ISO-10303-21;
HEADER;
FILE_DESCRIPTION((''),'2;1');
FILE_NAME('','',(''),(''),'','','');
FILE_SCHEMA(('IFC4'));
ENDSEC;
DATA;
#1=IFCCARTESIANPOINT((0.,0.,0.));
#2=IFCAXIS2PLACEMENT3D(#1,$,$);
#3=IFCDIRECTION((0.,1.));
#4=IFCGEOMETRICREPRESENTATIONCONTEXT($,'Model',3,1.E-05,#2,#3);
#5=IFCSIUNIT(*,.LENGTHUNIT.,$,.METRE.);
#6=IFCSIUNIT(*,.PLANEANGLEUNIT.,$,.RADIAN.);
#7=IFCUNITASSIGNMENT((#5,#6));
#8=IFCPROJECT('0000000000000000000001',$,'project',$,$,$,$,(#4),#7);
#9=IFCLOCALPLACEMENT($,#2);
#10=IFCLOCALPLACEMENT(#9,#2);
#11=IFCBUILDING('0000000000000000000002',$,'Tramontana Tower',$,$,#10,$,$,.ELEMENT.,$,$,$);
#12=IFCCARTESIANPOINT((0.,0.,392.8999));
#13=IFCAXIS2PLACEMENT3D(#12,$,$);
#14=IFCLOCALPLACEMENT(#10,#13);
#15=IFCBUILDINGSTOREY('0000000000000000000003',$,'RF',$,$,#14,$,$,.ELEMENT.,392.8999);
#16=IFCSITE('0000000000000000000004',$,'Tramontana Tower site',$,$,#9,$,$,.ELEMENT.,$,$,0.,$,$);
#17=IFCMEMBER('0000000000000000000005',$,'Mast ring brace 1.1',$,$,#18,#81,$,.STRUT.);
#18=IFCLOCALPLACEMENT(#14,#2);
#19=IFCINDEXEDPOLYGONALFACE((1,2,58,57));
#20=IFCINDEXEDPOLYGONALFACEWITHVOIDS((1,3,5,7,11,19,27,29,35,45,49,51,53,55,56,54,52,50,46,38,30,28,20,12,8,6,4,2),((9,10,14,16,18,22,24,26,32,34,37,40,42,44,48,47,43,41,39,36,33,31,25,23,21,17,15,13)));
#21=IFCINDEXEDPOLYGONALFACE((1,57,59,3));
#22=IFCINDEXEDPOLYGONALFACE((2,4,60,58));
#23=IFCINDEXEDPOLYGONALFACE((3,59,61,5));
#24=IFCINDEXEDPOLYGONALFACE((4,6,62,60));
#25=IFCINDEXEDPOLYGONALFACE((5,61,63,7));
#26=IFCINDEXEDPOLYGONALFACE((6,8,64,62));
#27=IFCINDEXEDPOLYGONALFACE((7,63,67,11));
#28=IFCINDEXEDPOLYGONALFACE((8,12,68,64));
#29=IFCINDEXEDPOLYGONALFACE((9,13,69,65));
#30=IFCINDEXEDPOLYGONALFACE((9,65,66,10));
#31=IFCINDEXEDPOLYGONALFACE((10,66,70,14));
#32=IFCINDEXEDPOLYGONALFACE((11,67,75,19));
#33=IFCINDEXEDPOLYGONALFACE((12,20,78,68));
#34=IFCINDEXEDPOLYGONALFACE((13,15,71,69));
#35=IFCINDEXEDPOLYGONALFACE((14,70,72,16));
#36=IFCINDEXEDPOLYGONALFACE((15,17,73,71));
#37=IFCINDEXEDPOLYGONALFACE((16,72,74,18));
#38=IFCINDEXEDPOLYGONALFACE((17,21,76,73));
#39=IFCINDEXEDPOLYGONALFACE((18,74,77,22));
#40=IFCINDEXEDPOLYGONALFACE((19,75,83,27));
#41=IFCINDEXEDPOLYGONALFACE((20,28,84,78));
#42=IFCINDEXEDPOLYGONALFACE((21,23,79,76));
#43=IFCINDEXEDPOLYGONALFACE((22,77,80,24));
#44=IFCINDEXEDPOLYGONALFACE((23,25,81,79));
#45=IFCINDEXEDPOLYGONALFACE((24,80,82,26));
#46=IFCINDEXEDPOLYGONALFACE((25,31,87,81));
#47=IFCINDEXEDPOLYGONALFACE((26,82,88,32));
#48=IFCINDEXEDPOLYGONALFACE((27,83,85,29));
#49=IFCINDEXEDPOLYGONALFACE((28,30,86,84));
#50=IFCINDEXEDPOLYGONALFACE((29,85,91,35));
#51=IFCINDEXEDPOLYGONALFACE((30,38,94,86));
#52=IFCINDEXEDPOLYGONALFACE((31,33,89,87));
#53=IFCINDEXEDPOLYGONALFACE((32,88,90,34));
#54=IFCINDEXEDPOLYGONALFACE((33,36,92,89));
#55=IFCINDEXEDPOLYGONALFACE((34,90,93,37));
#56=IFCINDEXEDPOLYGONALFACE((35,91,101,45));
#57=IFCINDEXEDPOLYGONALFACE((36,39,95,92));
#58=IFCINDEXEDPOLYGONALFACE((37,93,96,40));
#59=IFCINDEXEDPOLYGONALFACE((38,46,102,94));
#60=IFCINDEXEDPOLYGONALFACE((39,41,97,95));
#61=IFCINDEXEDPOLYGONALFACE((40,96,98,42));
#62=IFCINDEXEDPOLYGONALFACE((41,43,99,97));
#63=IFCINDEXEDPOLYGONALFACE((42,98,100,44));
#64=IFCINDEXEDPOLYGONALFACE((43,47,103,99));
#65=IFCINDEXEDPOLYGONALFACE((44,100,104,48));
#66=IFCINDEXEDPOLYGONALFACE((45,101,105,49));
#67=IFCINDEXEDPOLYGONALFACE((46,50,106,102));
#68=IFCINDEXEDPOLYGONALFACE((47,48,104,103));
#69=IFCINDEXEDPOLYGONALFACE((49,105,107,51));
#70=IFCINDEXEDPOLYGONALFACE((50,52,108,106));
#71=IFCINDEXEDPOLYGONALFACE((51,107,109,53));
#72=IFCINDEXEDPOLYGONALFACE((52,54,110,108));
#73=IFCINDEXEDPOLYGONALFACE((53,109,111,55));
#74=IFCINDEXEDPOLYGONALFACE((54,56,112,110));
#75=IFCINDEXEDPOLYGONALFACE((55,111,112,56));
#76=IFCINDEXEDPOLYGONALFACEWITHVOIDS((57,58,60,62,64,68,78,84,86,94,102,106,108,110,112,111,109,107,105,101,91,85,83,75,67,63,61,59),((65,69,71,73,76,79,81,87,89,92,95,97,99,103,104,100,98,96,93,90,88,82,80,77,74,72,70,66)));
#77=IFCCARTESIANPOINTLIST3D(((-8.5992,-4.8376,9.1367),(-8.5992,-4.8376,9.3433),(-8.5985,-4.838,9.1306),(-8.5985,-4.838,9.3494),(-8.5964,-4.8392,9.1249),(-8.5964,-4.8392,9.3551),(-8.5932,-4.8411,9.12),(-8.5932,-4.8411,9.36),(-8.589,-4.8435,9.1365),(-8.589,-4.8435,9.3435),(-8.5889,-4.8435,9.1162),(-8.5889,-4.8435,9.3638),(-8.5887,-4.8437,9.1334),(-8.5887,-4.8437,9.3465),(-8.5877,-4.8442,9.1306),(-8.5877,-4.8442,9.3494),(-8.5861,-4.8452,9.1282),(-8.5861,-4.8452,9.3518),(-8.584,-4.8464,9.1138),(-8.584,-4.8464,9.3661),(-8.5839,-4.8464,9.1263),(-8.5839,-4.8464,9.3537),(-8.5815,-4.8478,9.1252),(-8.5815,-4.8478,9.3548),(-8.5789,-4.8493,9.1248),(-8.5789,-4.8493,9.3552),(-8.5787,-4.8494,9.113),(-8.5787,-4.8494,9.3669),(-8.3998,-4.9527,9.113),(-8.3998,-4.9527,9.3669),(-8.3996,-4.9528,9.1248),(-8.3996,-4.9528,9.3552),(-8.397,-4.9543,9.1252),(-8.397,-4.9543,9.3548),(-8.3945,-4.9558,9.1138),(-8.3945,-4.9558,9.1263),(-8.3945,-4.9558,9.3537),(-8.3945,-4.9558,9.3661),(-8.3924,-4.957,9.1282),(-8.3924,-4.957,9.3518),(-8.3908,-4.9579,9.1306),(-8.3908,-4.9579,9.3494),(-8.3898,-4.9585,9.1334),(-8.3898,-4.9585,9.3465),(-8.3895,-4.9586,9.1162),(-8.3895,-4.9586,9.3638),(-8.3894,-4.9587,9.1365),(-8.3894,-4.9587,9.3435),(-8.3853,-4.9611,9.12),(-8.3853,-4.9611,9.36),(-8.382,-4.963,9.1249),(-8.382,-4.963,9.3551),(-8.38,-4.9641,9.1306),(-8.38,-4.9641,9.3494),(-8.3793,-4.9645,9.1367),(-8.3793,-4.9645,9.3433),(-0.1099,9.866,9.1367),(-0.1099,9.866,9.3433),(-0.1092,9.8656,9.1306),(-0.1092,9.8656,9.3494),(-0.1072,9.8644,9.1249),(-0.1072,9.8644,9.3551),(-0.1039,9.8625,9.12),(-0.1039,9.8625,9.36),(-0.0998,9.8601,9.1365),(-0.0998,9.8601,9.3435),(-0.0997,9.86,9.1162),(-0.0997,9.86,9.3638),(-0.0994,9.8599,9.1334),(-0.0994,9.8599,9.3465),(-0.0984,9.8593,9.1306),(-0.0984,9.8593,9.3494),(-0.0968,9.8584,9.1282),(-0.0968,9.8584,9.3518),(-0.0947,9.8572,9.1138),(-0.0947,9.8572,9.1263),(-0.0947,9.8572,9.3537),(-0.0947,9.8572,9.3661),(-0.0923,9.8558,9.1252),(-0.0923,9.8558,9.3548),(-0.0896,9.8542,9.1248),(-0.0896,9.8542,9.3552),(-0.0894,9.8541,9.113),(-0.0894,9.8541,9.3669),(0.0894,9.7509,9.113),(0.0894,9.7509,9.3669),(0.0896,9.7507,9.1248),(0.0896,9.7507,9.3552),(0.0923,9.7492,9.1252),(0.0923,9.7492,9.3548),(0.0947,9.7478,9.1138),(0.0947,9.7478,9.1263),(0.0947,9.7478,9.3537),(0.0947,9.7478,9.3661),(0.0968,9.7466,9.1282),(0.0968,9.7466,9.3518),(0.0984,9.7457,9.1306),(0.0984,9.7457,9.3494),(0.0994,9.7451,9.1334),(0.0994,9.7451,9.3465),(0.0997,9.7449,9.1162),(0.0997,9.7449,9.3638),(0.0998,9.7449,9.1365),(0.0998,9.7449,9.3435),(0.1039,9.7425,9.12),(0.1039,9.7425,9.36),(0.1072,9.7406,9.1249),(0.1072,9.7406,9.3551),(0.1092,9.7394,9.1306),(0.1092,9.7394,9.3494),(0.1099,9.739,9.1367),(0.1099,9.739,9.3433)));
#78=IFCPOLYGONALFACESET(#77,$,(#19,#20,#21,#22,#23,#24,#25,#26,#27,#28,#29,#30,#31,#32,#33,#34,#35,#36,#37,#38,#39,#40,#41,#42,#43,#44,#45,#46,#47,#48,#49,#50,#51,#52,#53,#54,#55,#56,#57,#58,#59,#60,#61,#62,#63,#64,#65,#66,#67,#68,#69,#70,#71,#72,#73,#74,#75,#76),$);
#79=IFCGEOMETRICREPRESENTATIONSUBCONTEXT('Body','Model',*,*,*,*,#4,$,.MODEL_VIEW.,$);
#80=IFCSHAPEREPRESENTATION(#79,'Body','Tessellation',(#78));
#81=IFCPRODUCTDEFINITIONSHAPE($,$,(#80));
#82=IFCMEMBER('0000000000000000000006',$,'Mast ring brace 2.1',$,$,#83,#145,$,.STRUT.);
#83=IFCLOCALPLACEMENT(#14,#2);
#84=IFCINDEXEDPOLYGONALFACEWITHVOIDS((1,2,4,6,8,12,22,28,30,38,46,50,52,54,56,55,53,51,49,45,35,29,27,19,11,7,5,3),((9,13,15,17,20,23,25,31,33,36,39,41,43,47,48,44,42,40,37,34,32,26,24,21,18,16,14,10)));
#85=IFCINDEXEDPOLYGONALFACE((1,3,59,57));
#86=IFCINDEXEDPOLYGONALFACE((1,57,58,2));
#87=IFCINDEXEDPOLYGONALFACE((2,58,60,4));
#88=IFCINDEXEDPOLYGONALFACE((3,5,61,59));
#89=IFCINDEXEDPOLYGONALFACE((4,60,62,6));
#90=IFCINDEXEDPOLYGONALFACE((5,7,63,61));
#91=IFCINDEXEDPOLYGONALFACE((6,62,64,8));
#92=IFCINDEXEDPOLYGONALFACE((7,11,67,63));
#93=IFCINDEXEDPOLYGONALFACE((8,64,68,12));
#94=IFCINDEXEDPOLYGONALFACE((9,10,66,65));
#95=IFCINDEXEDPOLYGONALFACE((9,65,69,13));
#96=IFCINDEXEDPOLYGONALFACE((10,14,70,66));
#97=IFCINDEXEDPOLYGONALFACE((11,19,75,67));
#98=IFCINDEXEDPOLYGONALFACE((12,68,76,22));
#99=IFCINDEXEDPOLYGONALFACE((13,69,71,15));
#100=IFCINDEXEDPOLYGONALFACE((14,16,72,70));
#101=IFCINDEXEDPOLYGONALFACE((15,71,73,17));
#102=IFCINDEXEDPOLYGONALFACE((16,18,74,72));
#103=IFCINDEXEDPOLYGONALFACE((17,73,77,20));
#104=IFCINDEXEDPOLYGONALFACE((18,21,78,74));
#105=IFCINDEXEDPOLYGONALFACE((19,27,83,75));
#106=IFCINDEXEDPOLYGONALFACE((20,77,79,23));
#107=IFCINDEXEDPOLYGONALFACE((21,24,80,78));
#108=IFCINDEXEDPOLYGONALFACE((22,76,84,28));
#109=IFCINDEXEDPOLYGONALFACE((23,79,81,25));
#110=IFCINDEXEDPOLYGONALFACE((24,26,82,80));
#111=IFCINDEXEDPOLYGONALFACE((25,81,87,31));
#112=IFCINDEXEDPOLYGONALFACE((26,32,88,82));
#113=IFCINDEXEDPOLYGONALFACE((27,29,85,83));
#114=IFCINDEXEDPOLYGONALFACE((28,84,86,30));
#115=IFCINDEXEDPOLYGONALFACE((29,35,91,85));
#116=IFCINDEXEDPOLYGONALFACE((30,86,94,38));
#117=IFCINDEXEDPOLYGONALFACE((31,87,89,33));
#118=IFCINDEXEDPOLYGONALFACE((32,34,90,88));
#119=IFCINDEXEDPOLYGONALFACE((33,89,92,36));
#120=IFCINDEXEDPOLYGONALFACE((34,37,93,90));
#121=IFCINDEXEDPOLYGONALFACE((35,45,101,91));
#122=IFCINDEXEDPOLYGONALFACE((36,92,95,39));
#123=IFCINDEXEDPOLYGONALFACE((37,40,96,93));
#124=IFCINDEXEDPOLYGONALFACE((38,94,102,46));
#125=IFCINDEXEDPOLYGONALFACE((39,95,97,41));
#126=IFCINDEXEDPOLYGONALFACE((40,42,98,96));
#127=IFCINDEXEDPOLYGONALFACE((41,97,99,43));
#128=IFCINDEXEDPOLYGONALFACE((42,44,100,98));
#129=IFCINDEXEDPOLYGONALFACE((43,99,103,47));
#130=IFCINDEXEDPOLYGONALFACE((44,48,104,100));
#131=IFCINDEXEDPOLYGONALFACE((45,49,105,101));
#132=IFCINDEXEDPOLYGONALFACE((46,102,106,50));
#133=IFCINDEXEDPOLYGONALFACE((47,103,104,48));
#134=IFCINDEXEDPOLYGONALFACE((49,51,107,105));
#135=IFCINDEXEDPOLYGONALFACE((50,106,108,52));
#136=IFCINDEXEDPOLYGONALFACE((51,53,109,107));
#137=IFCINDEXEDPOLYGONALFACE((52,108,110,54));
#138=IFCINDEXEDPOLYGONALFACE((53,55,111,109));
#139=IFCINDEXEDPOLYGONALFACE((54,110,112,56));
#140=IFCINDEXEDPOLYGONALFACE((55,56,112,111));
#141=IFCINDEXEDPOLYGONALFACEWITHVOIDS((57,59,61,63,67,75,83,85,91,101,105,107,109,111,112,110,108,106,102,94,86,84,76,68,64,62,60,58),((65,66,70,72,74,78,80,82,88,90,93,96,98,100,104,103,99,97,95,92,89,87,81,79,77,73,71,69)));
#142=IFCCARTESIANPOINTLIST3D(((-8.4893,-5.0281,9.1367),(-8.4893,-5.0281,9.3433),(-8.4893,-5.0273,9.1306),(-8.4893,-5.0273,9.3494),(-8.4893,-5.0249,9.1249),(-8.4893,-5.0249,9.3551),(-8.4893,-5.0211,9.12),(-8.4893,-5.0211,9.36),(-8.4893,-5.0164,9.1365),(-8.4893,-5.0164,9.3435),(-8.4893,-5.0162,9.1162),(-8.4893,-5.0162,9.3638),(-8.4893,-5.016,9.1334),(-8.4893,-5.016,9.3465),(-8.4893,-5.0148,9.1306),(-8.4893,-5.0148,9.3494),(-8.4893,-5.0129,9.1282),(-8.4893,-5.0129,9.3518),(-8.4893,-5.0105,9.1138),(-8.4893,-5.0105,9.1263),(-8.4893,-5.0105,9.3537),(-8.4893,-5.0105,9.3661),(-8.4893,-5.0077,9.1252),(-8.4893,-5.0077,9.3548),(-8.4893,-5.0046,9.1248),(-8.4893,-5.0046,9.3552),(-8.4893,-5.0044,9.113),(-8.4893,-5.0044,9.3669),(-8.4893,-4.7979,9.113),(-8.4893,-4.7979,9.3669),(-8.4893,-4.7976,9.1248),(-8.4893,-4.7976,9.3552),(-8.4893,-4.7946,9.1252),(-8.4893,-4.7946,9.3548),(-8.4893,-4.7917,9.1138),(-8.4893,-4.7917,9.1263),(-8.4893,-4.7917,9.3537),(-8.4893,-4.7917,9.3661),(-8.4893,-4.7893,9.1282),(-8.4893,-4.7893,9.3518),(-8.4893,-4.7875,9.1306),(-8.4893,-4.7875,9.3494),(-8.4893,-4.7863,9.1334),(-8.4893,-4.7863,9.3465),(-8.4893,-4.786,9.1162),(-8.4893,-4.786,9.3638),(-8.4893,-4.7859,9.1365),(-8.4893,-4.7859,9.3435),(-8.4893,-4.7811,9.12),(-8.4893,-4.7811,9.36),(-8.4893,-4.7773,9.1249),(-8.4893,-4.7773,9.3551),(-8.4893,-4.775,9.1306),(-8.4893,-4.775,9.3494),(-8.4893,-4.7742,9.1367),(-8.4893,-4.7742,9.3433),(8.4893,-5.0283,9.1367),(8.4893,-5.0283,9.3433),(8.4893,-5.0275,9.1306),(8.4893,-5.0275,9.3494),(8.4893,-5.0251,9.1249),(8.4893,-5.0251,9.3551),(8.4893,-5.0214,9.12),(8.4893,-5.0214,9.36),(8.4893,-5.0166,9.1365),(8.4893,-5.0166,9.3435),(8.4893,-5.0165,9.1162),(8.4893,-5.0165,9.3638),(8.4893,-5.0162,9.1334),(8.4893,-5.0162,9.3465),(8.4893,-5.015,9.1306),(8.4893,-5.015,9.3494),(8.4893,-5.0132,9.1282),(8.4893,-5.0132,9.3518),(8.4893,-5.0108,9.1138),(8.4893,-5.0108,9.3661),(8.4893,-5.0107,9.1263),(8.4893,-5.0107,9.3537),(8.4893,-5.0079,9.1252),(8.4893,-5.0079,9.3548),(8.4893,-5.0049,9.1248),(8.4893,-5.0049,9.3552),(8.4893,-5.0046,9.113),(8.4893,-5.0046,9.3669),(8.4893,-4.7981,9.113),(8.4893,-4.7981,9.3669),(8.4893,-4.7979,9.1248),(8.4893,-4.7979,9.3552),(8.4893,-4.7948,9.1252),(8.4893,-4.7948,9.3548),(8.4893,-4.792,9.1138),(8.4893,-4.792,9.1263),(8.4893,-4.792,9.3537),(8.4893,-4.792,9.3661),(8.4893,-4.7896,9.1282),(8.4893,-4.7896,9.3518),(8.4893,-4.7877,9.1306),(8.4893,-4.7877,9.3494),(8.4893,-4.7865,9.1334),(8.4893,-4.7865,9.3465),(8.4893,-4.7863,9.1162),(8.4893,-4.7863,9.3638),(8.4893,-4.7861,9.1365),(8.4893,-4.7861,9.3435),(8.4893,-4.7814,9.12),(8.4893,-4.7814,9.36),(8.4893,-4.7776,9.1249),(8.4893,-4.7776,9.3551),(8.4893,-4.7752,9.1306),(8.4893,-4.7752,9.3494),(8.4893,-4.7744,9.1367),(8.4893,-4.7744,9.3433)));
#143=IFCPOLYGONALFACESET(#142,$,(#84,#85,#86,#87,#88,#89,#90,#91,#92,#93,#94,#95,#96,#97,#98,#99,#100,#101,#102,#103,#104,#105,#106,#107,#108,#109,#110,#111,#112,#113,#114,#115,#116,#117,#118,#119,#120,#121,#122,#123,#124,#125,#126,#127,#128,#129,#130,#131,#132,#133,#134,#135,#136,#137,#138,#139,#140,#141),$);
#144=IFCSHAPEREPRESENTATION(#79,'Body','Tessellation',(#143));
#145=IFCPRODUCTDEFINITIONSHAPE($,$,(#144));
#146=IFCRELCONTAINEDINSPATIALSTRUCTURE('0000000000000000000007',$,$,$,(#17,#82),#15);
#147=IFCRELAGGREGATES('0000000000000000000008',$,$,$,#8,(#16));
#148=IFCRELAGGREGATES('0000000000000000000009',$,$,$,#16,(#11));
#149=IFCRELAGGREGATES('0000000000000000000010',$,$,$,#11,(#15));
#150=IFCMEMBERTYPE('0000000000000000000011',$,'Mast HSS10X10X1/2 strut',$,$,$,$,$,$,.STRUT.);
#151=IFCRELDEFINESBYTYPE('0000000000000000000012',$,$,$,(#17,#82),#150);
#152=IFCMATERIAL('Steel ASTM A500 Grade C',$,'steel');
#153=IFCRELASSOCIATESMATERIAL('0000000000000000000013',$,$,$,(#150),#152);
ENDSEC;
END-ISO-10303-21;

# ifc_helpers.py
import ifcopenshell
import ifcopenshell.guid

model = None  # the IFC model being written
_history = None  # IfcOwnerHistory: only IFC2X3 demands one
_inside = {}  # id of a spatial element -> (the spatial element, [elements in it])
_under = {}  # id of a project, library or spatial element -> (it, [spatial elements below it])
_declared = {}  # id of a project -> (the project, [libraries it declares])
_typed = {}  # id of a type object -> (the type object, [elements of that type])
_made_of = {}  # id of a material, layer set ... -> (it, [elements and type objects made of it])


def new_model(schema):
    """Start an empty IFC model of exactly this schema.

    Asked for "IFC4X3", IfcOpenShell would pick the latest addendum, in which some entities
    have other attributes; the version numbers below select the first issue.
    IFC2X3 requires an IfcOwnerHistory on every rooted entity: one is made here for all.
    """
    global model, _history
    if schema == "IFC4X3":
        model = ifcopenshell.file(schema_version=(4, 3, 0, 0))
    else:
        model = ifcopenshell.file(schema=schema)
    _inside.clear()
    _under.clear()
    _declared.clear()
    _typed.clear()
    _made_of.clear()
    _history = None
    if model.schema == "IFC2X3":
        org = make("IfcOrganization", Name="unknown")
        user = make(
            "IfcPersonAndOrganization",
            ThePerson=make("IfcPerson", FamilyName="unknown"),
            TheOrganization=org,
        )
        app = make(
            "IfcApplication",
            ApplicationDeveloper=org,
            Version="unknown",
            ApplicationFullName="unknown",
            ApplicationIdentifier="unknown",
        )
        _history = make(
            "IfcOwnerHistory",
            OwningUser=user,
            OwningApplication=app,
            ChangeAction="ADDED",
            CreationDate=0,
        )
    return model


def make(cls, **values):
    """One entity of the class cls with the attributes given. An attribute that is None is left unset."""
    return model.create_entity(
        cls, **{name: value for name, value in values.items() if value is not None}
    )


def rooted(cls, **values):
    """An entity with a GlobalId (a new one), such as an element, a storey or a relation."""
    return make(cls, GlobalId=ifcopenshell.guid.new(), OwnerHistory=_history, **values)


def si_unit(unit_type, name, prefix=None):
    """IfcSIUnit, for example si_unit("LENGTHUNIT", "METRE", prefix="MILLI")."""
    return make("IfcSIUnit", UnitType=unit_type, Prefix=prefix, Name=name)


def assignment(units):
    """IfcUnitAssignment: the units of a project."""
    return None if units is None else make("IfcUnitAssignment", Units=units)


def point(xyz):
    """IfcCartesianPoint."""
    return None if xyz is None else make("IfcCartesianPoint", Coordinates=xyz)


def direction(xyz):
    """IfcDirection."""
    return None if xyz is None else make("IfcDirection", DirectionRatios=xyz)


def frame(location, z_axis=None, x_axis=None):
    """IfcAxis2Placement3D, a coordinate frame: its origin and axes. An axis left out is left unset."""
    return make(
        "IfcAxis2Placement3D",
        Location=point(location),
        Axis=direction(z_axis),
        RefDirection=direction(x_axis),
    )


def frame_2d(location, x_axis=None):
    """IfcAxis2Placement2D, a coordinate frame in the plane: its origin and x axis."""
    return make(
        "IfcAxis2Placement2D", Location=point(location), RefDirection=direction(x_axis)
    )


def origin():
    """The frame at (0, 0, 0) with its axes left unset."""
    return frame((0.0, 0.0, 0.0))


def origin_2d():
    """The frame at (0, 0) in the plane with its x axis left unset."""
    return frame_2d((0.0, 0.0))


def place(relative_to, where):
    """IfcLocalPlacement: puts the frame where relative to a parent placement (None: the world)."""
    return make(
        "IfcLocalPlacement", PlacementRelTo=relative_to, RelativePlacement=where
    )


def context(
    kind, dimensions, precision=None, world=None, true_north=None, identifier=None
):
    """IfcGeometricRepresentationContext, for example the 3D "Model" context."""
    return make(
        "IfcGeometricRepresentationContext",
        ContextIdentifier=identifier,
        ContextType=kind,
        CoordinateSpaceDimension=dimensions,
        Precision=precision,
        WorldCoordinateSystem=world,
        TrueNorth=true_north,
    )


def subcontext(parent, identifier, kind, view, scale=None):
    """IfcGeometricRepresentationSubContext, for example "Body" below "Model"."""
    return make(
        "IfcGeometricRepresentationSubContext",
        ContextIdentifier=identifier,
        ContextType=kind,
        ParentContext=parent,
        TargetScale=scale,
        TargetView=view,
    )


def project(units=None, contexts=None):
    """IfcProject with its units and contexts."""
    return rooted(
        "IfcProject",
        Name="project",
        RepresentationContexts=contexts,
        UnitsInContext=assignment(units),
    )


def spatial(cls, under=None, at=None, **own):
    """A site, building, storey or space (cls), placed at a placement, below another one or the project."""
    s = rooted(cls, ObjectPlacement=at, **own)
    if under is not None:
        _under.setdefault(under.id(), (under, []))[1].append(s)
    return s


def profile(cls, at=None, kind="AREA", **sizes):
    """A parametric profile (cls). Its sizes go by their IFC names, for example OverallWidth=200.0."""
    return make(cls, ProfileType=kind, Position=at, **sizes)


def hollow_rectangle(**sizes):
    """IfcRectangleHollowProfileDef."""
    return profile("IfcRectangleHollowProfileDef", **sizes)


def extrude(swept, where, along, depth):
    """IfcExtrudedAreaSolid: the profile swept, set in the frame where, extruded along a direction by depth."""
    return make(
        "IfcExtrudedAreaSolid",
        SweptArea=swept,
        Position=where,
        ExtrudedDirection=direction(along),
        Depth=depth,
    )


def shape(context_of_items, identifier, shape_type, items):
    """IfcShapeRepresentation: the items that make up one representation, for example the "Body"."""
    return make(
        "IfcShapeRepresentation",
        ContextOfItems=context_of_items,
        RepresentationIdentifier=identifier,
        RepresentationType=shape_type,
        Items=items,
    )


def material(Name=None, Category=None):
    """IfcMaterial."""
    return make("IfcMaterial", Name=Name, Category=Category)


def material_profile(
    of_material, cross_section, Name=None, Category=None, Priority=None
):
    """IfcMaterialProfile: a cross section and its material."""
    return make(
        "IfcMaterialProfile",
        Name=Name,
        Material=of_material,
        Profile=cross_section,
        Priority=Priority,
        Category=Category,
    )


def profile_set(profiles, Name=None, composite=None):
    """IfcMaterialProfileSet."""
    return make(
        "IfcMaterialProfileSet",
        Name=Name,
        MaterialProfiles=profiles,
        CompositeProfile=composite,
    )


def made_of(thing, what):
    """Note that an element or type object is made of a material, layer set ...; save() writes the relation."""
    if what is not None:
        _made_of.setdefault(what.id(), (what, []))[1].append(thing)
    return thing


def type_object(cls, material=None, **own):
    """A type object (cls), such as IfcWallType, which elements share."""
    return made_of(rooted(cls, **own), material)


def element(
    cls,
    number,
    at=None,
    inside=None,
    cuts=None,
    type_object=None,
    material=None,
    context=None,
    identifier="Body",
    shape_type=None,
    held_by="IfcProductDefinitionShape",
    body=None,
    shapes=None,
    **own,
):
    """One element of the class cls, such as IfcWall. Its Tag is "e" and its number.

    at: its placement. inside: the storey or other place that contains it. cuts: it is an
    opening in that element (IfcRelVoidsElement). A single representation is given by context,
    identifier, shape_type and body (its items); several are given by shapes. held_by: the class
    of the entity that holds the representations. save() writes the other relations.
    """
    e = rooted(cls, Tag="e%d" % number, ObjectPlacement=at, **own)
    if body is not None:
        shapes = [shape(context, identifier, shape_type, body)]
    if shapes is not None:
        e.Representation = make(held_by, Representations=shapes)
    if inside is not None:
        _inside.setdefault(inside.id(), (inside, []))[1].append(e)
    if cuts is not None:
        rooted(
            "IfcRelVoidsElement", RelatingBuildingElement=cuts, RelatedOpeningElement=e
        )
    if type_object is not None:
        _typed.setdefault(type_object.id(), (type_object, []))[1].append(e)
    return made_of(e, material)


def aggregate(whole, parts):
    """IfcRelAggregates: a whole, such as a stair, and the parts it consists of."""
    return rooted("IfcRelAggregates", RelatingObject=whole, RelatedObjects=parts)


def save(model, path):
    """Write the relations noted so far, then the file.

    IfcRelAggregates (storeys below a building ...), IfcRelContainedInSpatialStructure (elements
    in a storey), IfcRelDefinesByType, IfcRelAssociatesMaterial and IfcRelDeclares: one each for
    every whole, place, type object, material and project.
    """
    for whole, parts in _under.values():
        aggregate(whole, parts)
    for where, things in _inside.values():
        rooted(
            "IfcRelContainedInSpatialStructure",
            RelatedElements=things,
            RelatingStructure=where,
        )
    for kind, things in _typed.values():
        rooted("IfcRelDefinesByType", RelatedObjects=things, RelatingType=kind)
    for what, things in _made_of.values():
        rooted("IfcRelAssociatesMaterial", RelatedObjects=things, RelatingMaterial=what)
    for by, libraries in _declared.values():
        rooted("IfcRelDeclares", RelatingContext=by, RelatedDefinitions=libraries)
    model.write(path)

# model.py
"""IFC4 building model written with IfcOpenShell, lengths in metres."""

from ifc_helpers import new_model, si_unit, direction, frame, origin, origin_2d, place, context, subcontext, project, spatial, hollow_rectangle, extrude, material, material_profile, profile_set, type_object, element, save


model = new_model("IFC4")

# Units and contexts
model_context = context("Model", 3, precision=1e-05, world=origin(), true_north=direction((0.0, 1.0)))
body_context = subcontext(model_context, "Body", "Model", "MODEL_VIEW")
ifc_project = project(units=[si_unit("LENGTHUNIT", "METRE"), si_unit("PLANEANGLEUNIT", "RADIAN")], contexts=[model_context])

# Site, building, storey
site_placement = place(None, origin())
site = spatial("IfcSite", under=ifc_project, at=site_placement, Name="Tramontana Tower site", CompositionType="ELEMENT", RefElevation=0.0)
building_placement = place(site_placement, origin())
building = spatial("IfcBuilding", under=site, at=building_placement, Name="Tramontana Tower", CompositionType="ELEMENT")
storey_placement = place(building_placement, frame((0.0, 0.0, 392.8999)))
storey = spatial("IfcBuildingStorey", under=building, at=storey_placement, Name="RF", CompositionType="ELEMENT", Elevation=392.8999)

# Members
ifc_material_1 = material(Name="Steel ASTM A500 Grade C", Category="steel")
ifc_material_profile_1 = material_profile(ifc_material_1, hollow_rectangle(XDim=0.2539, YDim=0.2539, WallThickness=0.0117, InnerFilletRadius=0.0117, OuterFilletRadius=0.0237, at=origin_2d()), Name="HSS10X10X1/2")
ifc_profile_set_1 = profile_set([ifc_material_profile_1], Name="Steel ASTM A500 Grade C")
member_type_1 = type_object("IfcMemberType", Name="Mast HSS10X10X1/2 strut", PredefinedType="STRUT", material=ifc_profile_set_1)
member_1_placement = place(storey_placement, frame((0.0, 9.8025, 9.24), z_axis=(-0.500005, -0.866022, 0.0), x_axis=(0.866022, -0.500005, 0.0)))
element("IfcMember", 1, at=member_1_placement, inside=storey, type_object=member_type_1, Name="Mast ring brace 1.1", PredefinedType="STRUT", context=body_context, shape_type="SweptSolid", body=[
    extrude(hollow_rectangle(XDim=0.2539, YDim=0.2539, WallThickness=0.0117, InnerFilletRadius=0.0117, OuterFilletRadius=0.0237, at=origin_2d()), origin(), (0.0, 0.0, 1.0), 16.9783),
])
for number, where, z_axis, x_axis, name in (
    (2, (-8.4893, -4.9011, 9.24), (1.0, -0.000014, 0.0), (0.000014, 1.0, 0.0), "Mast ring brace 2.1"),
):
    element("IfcMember", number, at=place(storey_placement, frame(where, z_axis=z_axis, x_axis=x_axis)), inside=storey, type_object=member_type_1, Name=name, PredefinedType="STRUT", context=body_context, shape_type="SweptSolid", body=[
        extrude(hollow_rectangle(XDim=0.2539, YDim=0.2539, WallThickness=0.0117, InnerFilletRadius=0.0117, OuterFilletRadius=0.0237, at=origin_2d()), origin(), (0.0, 0.0, 1.0), 16.9785),
    ])

save(model, "model.ifc")
